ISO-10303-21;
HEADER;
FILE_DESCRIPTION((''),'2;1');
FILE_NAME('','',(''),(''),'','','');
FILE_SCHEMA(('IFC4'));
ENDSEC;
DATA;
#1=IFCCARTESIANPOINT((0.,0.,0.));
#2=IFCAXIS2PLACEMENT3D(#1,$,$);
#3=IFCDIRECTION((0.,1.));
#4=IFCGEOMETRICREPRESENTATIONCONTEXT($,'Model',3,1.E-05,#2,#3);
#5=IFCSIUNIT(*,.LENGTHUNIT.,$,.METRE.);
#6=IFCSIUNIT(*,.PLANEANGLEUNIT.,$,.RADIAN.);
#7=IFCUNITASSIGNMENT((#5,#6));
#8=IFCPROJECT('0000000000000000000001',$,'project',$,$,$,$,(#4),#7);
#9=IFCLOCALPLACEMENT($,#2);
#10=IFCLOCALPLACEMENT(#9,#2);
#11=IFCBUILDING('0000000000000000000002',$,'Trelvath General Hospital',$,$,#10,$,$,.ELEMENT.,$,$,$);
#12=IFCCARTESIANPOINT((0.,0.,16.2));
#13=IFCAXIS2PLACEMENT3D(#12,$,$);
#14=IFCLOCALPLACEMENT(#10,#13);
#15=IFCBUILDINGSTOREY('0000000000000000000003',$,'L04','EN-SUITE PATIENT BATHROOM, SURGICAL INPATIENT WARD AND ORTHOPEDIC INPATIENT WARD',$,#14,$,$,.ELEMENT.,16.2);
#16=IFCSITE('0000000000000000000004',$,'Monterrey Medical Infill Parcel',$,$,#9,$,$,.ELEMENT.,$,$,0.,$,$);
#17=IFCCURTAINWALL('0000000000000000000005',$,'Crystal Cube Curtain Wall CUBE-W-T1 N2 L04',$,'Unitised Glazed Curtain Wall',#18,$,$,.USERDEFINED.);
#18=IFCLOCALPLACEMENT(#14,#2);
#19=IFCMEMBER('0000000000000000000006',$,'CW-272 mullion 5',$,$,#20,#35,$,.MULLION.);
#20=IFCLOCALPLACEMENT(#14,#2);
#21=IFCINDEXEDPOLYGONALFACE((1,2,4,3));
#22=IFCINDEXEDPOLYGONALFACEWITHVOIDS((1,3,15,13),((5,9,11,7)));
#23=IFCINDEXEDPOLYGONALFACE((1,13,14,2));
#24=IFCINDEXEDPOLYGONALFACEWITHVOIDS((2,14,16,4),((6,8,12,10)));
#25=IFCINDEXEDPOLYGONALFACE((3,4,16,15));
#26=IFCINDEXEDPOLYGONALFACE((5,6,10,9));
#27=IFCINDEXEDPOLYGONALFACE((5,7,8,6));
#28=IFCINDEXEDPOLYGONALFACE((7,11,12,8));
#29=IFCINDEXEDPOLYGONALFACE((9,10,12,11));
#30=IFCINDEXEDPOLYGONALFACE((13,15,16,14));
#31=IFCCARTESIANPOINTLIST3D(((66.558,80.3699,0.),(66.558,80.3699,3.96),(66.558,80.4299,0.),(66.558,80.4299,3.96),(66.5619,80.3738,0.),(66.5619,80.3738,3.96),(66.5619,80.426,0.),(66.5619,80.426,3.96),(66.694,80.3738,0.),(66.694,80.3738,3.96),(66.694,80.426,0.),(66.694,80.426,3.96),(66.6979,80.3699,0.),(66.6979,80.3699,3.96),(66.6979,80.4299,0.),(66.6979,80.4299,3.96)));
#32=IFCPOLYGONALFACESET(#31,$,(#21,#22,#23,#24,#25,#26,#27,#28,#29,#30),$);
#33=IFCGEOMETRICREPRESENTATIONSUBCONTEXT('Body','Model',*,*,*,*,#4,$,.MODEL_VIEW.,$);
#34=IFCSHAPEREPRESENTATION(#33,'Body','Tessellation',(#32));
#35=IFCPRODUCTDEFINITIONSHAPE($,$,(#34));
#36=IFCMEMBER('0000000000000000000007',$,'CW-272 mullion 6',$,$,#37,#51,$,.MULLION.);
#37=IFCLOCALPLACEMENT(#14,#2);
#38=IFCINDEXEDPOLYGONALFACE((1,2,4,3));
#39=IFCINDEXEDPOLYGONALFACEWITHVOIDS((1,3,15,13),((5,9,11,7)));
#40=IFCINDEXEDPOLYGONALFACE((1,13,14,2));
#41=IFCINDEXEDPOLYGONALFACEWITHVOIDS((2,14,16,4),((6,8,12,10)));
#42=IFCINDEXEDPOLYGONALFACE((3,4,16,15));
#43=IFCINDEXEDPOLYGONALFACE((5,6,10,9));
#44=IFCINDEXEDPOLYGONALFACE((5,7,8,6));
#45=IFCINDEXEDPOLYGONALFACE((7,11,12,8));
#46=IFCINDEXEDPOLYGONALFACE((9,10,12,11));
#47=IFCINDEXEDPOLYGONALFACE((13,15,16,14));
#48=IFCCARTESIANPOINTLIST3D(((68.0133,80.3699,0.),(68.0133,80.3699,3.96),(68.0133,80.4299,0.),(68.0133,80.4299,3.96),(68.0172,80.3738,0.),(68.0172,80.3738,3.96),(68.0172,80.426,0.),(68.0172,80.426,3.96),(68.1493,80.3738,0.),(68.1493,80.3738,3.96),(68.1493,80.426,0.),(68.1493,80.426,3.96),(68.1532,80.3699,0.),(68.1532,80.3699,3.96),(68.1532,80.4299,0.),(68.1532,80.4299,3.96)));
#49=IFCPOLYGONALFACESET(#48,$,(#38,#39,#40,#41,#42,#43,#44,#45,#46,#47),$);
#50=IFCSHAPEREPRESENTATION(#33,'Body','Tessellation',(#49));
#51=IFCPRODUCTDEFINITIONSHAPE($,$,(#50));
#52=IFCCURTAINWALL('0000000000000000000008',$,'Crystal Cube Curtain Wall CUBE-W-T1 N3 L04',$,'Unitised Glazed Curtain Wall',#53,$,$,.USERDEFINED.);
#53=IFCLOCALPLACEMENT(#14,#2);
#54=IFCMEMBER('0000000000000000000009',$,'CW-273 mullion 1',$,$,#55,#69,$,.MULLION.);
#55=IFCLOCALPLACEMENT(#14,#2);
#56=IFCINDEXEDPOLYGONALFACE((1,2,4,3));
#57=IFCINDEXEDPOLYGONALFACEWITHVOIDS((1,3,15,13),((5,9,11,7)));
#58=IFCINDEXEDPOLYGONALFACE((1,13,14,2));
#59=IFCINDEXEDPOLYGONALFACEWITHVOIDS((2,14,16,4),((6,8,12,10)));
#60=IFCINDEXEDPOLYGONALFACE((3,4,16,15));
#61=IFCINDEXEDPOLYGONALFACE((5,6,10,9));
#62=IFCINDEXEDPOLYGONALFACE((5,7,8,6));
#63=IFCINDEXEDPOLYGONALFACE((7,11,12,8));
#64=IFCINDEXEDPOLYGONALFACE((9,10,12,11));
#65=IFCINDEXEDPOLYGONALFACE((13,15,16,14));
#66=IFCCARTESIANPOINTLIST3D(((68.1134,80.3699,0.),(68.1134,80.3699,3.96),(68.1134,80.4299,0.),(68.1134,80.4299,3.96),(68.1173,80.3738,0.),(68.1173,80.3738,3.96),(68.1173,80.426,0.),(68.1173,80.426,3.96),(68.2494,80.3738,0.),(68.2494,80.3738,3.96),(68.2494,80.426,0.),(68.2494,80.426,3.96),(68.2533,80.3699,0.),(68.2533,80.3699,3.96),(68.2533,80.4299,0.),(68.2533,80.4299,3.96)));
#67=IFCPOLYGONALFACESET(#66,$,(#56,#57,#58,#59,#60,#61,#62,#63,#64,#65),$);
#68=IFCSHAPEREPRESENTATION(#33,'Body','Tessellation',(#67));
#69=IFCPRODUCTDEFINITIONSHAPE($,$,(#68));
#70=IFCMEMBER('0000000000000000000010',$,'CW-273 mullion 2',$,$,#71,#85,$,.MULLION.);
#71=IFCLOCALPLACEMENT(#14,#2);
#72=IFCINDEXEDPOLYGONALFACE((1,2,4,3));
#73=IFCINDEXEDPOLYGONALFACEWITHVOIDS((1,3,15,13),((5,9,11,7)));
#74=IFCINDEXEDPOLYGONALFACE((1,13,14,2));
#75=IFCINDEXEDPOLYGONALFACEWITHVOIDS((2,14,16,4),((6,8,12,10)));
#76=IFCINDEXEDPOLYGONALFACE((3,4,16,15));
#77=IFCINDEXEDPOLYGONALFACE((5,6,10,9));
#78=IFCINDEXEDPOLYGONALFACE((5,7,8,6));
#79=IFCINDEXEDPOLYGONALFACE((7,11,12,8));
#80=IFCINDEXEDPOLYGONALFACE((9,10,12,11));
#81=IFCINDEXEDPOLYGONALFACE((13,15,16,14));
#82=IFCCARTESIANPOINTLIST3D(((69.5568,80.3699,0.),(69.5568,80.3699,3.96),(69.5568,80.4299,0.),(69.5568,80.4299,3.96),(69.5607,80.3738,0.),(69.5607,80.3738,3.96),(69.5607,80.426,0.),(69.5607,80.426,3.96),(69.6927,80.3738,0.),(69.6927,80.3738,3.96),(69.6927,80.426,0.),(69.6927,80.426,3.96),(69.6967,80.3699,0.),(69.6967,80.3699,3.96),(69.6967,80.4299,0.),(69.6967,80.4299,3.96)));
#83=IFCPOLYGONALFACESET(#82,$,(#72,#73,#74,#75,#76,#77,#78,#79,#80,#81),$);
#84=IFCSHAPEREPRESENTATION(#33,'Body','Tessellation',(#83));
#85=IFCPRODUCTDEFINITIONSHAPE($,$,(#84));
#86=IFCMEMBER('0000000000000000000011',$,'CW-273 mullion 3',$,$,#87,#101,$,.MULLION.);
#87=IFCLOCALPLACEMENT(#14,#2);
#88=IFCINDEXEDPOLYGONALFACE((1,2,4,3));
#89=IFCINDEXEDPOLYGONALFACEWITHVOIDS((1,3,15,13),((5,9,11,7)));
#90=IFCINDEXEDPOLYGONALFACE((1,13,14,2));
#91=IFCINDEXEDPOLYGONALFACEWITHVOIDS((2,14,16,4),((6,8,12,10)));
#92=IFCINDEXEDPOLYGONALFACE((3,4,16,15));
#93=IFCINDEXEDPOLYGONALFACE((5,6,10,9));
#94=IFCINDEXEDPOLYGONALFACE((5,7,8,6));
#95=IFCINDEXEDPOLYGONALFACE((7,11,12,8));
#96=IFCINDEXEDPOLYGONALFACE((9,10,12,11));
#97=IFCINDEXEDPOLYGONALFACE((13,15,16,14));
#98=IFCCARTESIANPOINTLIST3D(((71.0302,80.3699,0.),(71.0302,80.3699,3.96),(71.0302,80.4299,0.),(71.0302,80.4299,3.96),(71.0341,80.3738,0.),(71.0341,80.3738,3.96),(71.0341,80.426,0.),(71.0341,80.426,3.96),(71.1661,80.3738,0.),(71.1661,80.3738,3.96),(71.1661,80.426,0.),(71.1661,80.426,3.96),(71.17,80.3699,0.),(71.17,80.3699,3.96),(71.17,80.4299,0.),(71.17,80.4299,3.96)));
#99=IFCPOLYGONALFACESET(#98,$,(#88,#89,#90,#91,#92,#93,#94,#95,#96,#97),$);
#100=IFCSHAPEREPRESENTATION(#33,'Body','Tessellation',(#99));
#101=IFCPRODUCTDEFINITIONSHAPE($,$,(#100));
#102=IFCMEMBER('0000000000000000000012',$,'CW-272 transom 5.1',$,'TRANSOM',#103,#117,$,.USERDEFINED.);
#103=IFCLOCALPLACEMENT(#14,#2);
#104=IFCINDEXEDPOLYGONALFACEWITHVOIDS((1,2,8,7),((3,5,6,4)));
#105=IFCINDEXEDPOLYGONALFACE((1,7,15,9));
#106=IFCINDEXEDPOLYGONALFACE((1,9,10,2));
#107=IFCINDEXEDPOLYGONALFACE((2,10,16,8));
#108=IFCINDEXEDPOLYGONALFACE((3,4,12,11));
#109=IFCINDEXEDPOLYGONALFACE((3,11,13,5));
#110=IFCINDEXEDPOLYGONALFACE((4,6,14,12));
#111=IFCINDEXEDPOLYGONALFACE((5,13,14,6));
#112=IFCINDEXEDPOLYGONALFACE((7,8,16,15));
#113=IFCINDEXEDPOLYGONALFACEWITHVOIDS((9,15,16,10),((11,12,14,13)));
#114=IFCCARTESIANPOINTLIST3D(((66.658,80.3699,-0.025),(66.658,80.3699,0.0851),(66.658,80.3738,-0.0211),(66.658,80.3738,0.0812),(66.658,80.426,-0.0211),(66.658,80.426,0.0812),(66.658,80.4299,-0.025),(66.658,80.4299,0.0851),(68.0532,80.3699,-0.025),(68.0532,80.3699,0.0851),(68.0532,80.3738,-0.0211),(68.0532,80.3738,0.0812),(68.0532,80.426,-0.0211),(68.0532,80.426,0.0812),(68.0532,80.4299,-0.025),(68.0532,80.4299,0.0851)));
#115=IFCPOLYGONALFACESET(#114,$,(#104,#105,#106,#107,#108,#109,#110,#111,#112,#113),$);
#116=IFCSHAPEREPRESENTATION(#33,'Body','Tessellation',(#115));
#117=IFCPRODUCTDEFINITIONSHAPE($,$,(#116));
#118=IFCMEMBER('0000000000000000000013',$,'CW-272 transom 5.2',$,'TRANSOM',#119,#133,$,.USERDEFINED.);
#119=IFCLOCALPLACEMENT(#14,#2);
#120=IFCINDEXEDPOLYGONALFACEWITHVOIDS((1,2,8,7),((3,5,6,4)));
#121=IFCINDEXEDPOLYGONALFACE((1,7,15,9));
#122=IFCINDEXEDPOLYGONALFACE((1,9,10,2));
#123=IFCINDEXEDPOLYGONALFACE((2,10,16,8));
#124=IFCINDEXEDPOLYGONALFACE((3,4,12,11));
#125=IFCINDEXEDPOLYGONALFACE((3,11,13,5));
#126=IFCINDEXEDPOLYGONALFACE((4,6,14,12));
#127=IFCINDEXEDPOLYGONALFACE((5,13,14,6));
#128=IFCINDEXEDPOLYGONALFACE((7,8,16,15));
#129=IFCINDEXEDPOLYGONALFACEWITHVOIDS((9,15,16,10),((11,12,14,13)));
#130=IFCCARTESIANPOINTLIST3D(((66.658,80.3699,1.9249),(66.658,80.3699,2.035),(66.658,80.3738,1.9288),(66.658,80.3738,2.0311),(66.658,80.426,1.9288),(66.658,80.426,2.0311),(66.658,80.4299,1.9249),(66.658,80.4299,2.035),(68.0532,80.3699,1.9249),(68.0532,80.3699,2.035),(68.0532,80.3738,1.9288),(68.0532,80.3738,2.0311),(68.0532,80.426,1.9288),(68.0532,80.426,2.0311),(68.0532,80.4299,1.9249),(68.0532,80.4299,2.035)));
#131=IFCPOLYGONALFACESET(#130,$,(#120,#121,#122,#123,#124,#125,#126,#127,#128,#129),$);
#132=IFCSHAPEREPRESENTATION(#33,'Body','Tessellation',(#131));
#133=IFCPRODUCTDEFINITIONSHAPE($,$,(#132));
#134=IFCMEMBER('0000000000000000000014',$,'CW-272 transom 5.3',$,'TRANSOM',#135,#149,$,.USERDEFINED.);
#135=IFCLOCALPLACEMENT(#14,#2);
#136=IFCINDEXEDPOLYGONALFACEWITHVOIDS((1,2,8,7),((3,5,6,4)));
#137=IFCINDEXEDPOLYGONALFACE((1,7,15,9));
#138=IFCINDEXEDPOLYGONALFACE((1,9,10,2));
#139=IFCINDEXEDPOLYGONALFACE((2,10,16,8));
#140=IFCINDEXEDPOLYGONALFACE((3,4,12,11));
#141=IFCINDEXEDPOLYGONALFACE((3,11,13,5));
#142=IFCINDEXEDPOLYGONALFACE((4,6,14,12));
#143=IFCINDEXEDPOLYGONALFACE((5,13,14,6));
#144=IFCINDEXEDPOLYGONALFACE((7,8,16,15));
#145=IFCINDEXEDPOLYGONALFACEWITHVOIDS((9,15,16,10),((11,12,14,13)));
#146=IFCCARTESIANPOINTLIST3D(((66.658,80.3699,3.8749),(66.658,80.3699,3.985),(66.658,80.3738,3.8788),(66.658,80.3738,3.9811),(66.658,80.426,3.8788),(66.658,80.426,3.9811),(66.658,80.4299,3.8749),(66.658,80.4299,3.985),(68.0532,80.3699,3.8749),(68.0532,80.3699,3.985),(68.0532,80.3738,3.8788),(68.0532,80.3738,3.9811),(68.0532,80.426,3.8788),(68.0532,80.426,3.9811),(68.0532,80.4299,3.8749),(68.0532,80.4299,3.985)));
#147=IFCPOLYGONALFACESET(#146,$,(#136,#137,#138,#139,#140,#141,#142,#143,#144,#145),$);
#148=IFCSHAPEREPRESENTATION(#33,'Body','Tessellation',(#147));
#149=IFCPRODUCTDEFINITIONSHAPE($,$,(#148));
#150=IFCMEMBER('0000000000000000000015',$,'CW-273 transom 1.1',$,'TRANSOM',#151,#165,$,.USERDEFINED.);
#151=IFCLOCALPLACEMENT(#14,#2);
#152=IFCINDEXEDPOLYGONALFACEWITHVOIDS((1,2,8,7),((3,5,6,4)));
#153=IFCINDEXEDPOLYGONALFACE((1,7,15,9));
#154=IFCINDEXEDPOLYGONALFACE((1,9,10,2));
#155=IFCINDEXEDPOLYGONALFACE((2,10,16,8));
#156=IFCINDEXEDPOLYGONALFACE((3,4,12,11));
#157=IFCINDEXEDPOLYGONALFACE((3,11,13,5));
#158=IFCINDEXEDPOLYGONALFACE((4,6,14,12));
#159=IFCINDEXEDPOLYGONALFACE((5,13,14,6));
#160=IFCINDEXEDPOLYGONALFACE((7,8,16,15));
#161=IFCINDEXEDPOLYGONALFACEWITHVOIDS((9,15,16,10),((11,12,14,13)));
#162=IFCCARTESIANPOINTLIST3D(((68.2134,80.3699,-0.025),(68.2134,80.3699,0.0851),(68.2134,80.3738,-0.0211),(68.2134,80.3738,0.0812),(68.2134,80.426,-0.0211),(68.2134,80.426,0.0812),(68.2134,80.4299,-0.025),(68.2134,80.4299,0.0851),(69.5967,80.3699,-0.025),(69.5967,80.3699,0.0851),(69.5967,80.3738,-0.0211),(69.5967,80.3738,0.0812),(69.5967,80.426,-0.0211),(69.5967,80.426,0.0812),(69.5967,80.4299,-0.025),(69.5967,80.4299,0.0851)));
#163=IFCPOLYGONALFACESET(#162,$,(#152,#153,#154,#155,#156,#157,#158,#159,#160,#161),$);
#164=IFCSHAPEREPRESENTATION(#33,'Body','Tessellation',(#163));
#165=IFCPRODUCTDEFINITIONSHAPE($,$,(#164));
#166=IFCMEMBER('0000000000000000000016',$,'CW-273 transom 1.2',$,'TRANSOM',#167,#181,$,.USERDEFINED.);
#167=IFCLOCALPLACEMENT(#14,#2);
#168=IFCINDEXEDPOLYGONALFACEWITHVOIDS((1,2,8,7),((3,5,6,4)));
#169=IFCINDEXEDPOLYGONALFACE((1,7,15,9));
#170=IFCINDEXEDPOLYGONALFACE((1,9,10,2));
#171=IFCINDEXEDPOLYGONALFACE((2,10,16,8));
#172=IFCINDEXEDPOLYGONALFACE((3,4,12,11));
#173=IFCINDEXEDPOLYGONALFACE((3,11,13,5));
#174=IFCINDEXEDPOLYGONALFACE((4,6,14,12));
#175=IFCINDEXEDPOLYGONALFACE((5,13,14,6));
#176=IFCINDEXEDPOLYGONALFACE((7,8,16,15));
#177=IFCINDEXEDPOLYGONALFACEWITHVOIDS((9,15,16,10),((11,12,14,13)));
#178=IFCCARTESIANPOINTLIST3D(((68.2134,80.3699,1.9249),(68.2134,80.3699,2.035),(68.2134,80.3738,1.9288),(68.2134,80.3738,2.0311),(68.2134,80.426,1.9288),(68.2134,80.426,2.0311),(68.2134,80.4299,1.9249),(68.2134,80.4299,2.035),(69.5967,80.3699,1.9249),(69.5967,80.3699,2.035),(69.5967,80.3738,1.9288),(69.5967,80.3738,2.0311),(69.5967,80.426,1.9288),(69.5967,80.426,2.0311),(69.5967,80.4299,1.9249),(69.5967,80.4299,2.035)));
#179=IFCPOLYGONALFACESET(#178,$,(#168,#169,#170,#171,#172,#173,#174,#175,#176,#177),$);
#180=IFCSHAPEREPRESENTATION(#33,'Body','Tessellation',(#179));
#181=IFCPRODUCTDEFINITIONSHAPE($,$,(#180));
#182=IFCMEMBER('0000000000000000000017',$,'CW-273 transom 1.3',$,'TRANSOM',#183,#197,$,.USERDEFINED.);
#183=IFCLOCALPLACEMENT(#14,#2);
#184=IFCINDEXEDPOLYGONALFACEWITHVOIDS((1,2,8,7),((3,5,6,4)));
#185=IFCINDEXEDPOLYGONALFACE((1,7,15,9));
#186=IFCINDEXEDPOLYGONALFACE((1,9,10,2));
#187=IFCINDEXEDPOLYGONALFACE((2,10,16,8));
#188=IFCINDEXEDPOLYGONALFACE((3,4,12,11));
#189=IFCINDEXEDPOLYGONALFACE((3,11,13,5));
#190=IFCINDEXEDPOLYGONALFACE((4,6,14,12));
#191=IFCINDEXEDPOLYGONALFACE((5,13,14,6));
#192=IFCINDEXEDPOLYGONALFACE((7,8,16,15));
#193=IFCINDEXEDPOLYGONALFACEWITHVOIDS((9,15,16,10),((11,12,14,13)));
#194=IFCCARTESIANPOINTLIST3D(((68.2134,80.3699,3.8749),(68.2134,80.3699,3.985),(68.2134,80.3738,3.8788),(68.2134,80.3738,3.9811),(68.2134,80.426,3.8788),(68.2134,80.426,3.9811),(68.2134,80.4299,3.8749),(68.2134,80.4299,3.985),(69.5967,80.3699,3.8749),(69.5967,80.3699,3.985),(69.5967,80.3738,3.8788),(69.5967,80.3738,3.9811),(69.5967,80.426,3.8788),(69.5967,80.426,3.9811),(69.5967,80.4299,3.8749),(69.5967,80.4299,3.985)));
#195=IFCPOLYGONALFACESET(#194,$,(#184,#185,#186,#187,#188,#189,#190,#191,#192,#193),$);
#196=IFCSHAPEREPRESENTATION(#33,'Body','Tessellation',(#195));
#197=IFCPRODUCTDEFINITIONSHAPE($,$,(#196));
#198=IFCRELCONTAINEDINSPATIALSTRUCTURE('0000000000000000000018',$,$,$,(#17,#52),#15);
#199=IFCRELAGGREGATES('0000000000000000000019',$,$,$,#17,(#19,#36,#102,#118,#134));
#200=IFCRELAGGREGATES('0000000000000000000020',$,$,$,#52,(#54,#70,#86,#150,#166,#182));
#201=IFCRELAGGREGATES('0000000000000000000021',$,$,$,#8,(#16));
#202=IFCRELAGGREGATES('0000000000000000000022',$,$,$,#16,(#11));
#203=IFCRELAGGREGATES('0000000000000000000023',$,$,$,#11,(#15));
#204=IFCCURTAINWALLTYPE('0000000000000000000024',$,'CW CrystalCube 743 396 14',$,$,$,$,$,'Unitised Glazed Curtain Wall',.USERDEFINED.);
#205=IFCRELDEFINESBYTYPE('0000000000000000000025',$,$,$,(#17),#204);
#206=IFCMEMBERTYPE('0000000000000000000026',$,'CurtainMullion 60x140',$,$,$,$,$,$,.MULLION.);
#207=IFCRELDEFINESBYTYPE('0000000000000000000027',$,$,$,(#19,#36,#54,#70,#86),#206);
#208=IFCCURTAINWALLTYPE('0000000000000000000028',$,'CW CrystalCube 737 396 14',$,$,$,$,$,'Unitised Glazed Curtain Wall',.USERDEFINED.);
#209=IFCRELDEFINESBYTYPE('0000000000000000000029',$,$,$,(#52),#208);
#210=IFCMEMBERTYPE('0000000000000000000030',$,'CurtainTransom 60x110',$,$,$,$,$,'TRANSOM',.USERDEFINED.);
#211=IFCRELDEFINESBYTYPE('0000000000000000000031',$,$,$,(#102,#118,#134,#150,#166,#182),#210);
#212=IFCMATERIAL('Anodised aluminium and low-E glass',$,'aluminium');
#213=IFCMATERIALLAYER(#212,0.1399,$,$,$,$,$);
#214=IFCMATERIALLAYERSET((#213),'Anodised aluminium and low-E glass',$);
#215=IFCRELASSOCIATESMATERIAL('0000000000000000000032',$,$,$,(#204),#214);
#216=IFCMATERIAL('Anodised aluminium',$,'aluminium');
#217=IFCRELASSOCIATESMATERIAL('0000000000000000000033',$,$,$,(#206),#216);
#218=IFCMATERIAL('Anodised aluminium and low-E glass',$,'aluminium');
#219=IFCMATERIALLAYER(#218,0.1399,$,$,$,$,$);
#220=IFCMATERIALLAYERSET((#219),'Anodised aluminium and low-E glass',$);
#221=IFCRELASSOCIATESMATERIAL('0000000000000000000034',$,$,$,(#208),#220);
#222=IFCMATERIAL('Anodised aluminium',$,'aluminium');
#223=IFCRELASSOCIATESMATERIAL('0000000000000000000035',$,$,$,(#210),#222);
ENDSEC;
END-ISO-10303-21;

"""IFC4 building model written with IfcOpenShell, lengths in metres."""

from ifc_helpers import new_model, si_unit, direction, frame, origin, origin_2d, place, context, subcontext, project, spatial, hollow_rectangle, extrude, material, layer, layer_set, material_profile, profile_set, type_object, element, aggregate, save


model = new_model("IFC4")

# Units and contexts
model_context = context("Model", 3, precision=1e-05, world=origin(), true_north=direction((0.0, 1.0)))
body_context = subcontext(model_context, "Body", "Model", "MODEL_VIEW")
ifc_project = project(units=[si_unit("LENGTHUNIT", "METRE"), si_unit("PLANEANGLEUNIT", "RADIAN")], contexts=[model_context])

# Site, building, storey
site_placement = place(None, origin())
site = spatial("IfcSite", under=ifc_project, at=site_placement, Name="Monterrey Medical Infill Parcel", CompositionType="ELEMENT", RefElevation=0.0)
building_placement = place(site_placement, origin())
building = spatial("IfcBuilding", under=site, at=building_placement, Name="Trelvath General Hospital", CompositionType="ELEMENT")
storey_placement = place(building_placement, frame((0.0, 0.0, 16.2)))
storey = spatial("IfcBuildingStorey", under=building, at=storey_placement, Name="L04", Description="EN-SUITE PATIENT BATHROOM, SURGICAL INPATIENT WARD AND ORTHOPEDIC INPATIENT WARD", CompositionType="ELEMENT", Elevation=16.2)

# Curtain walls, members
ifc_material_1 = material(Name="Anodised aluminium and low-E glass", Category="aluminium")
ifc_layer_1 = layer(ifc_material_1, 0.1399)
ifc_layer_set_1 = layer_set([ifc_layer_1], Name="Anodised aluminium and low-E glass")
curtain_wall_type_1 = type_object("IfcCurtainWallType", Name="CW CrystalCube 743 396 14", ElementType="Unitised Glazed Curtain Wall", PredefinedType="USERDEFINED", material=ifc_layer_set_1)
curtain_wall_1_placement = place(storey_placement, origin())
curtain_wall_1 = element("IfcCurtainWall", 1, at=curtain_wall_1_placement, inside=storey, type_object=curtain_wall_type_1, Name="Crystal Cube Curtain Wall CUBE-W-T1 N2 L04", ObjectType="Unitised Glazed Curtain Wall", PredefinedType="USERDEFINED")
ifc_material_2 = material(Name="Anodised aluminium", Category="aluminium")
ifc_material_profile_1 = material_profile(ifc_material_2, hollow_rectangle(XDim=0.0601, YDim=0.1399, WallThickness=0.0039, at=origin_2d()), Name="RHS60x140x4")
ifc_profile_set_1 = profile_set([ifc_material_profile_1], Name="Anodised aluminium")
member_type_1 = type_object("IfcMemberType", Name="CurtainMullion 60x140", PredefinedType="MULLION", material=ifc_profile_set_1)
member_1_placement = place(storey_placement, frame((66.6279, 80.3999, 0.0), z_axis=(0.0, 0.0, 1.0), x_axis=(0.0, 1.0, 0.0)))
member_1 = element("IfcMember", 2, at=member_1_placement, type_object=member_type_1, Name="CW-272 mullion 5", PredefinedType="MULLION", context=body_context, shape_type="SweptSolid", body=[
    extrude(hollow_rectangle(XDim=0.0601, YDim=0.1399, WallThickness=0.0039, at=origin_2d()), origin(), (0.0, 0.0, 1.0), 3.96),
])
member_2_placement = place(storey_placement, frame((68.0833, 80.3999, 0.0), z_axis=(0.0, 0.0, 1.0), x_axis=(0.0, 1.0, 0.0)))
member_2 = element("IfcMember", 3, at=member_2_placement, type_object=member_type_1, Name="CW-272 mullion 6", PredefinedType="MULLION", context=body_context, shape_type="SweptSolid", body=[
    extrude(hollow_rectangle(XDim=0.0601, YDim=0.1399, WallThickness=0.0039, at=origin_2d()), origin(), (0.0, 0.0, 1.0), 3.96),
])
ifc_material_3 = material(Name="Anodised aluminium and low-E glass", Category="aluminium")
ifc_layer_2 = layer(ifc_material_3, 0.1399)
ifc_layer_set_2 = layer_set([ifc_layer_2], Name="Anodised aluminium and low-E glass")
curtain_wall_type_2 = type_object("IfcCurtainWallType", Name="CW CrystalCube 737 396 14", ElementType="Unitised Glazed Curtain Wall", PredefinedType="USERDEFINED", material=ifc_layer_set_2)
curtain_wall_2_placement = place(storey_placement, origin())
curtain_wall_2 = element("IfcCurtainWall", 4, at=curtain_wall_2_placement, inside=storey, type_object=curtain_wall_type_2, Name="Crystal Cube Curtain Wall CUBE-W-T1 N3 L04", ObjectType="Unitised Glazed Curtain Wall", PredefinedType="USERDEFINED")
member_3_placement = place(storey_placement, frame((68.1833, 80.3999, 0.0), z_axis=(0.0, 0.0, 1.0), x_axis=(0.0, 1.0, 0.0)))
member_3 = element("IfcMember", 5, at=member_3_placement, type_object=member_type_1, Name="CW-273 mullion 1", PredefinedType="MULLION", context=body_context, shape_type="SweptSolid", body=[
    extrude(hollow_rectangle(XDim=0.0601, YDim=0.1399, WallThickness=0.0039, at=origin_2d()), origin(), (0.0, 0.0, 1.0), 3.96),
])
member_4_placement = place(storey_placement, frame((69.6267, 80.3999, 0.0), z_axis=(0.0, 0.0, 1.0), x_axis=(0.0, 1.0, 0.0)))
member_4 = element("IfcMember", 6, at=member_4_placement, type_object=member_type_1, Name="CW-273 mullion 2", PredefinedType="MULLION", context=body_context, shape_type="SweptSolid", body=[
    extrude(hollow_rectangle(XDim=0.0601, YDim=0.1399, WallThickness=0.0039, at=origin_2d()), origin(), (0.0, 0.0, 1.0), 3.96),
])
member_5_placement = place(storey_placement, frame((71.1001, 80.3999, 0.0), z_axis=(0.0, 0.0, 1.0), x_axis=(0.0, 1.0, 0.0)))
member_5 = element("IfcMember", 7, at=member_5_placement, type_object=member_type_1, Name="CW-273 mullion 3", PredefinedType="MULLION", context=body_context, shape_type="SweptSolid", body=[
    extrude(hollow_rectangle(XDim=0.0601, YDim=0.1399, WallThickness=0.0039, at=origin_2d()), origin(), (0.0, 0.0, 1.0), 3.96),
])

# Members
ifc_material_4 = material(Name="Anodised aluminium", Category="aluminium")
ifc_material_profile_2 = material_profile(ifc_material_4, hollow_rectangle(XDim=0.0601, YDim=0.1101, WallThickness=0.0039, at=origin_2d()), Name="RHS60x110x4")
ifc_profile_set_2 = profile_set([ifc_material_profile_2], Name="Anodised aluminium")
member_type_2 = type_object("IfcMemberType", Name="CurtainTransom 60x110", ElementType="TRANSOM", PredefinedType="USERDEFINED", material=ifc_profile_set_2)
member_6_placement = place(storey_placement, frame((66.658, 80.3999, 0.03), z_axis=(1.0, 0.0, 0.0), x_axis=(0.0, 1.0, 0.0)))
member_6 = element("IfcMember", 8, at=member_6_placement, type_object=member_type_2, Name="CW-272 transom 5.1", ObjectType="TRANSOM", PredefinedType="USERDEFINED", context=body_context, shape_type="SweptSolid", body=[
    extrude(hollow_rectangle(XDim=0.0601, YDim=0.1101, WallThickness=0.0039, at=origin_2d()), origin(), (0.0, 0.0, 1.0), 1.3953),
])
member_7_placement = place(storey_placement, frame((66.658, 80.3999, 1.98), z_axis=(1.0, 0.0, 0.0), x_axis=(0.0, 1.0, 0.0)))
member_7 = element("IfcMember", 9, at=member_7_placement, type_object=member_type_2, Name="CW-272 transom 5.2", ObjectType="TRANSOM", PredefinedType="USERDEFINED", context=body_context, shape_type="SweptSolid", body=[
    extrude(hollow_rectangle(XDim=0.0601, YDim=0.1101, WallThickness=0.0039, at=origin_2d()), origin(), (0.0, 0.0, 1.0), 1.3953),
])
member_8_placement = place(storey_placement, frame((66.658, 80.3999, 3.9299), z_axis=(1.0, 0.0, 0.0), x_axis=(0.0, 1.0, 0.0)))
member_8 = element("IfcMember", 10, at=member_8_placement, type_object=member_type_2, Name="CW-272 transom 5.3", ObjectType="TRANSOM", PredefinedType="USERDEFINED", context=body_context, shape_type="SweptSolid", body=[
    extrude(hollow_rectangle(XDim=0.0601, YDim=0.1101, WallThickness=0.0039, at=origin_2d()), origin(), (0.0, 0.0, 1.0), 1.3953),
])
member_9_placement = place(storey_placement, frame((68.2134, 80.3999, 0.03), z_axis=(1.0, 0.0, 0.0), x_axis=(0.0, 1.0, 0.0)))
member_9 = element("IfcMember", 11, at=member_9_placement, type_object=member_type_2, Name="CW-273 transom 1.1", ObjectType="TRANSOM", PredefinedType="USERDEFINED", context=body_context, shape_type="SweptSolid", body=[
    extrude(hollow_rectangle(XDim=0.0601, YDim=0.1101, WallThickness=0.0039, at=origin_2d()), origin(), (0.0, 0.0, 1.0), 1.3833),
])
member_10_placement = place(storey_placement, frame((68.2134, 80.3999, 1.98), z_axis=(1.0, 0.0, 0.0), x_axis=(0.0, 1.0, 0.0)))
member_10 = element("IfcMember", 12, at=member_10_placement, type_object=member_type_2, Name="CW-273 transom 1.2", ObjectType="TRANSOM", PredefinedType="USERDEFINED", context=body_context, shape_type="SweptSolid", body=[
    extrude(hollow_rectangle(XDim=0.0601, YDim=0.1101, WallThickness=0.0039, at=origin_2d()), origin(), (0.0, 0.0, 1.0), 1.3833),
])
member_11_placement = place(storey_placement, frame((68.2134, 80.3999, 3.9299), z_axis=(1.0, 0.0, 0.0), x_axis=(0.0, 1.0, 0.0)))
member_11 = element("IfcMember", 13, at=member_11_placement, type_object=member_type_2, Name="CW-273 transom 1.3", ObjectType="TRANSOM", PredefinedType="USERDEFINED", context=body_context, shape_type="SweptSolid", body=[
    extrude(hollow_rectangle(XDim=0.0601, YDim=0.1101, WallThickness=0.0039, at=origin_2d()), origin(), (0.0, 0.0, 1.0), 1.3833),
])

aggregate(curtain_wall_1, [member_1, member_2, member_6, member_7, member_8])
aggregate(curtain_wall_2, [member_3, member_4, member_5, member_9, member_10, member_11])

save(model, "model.ifc")
